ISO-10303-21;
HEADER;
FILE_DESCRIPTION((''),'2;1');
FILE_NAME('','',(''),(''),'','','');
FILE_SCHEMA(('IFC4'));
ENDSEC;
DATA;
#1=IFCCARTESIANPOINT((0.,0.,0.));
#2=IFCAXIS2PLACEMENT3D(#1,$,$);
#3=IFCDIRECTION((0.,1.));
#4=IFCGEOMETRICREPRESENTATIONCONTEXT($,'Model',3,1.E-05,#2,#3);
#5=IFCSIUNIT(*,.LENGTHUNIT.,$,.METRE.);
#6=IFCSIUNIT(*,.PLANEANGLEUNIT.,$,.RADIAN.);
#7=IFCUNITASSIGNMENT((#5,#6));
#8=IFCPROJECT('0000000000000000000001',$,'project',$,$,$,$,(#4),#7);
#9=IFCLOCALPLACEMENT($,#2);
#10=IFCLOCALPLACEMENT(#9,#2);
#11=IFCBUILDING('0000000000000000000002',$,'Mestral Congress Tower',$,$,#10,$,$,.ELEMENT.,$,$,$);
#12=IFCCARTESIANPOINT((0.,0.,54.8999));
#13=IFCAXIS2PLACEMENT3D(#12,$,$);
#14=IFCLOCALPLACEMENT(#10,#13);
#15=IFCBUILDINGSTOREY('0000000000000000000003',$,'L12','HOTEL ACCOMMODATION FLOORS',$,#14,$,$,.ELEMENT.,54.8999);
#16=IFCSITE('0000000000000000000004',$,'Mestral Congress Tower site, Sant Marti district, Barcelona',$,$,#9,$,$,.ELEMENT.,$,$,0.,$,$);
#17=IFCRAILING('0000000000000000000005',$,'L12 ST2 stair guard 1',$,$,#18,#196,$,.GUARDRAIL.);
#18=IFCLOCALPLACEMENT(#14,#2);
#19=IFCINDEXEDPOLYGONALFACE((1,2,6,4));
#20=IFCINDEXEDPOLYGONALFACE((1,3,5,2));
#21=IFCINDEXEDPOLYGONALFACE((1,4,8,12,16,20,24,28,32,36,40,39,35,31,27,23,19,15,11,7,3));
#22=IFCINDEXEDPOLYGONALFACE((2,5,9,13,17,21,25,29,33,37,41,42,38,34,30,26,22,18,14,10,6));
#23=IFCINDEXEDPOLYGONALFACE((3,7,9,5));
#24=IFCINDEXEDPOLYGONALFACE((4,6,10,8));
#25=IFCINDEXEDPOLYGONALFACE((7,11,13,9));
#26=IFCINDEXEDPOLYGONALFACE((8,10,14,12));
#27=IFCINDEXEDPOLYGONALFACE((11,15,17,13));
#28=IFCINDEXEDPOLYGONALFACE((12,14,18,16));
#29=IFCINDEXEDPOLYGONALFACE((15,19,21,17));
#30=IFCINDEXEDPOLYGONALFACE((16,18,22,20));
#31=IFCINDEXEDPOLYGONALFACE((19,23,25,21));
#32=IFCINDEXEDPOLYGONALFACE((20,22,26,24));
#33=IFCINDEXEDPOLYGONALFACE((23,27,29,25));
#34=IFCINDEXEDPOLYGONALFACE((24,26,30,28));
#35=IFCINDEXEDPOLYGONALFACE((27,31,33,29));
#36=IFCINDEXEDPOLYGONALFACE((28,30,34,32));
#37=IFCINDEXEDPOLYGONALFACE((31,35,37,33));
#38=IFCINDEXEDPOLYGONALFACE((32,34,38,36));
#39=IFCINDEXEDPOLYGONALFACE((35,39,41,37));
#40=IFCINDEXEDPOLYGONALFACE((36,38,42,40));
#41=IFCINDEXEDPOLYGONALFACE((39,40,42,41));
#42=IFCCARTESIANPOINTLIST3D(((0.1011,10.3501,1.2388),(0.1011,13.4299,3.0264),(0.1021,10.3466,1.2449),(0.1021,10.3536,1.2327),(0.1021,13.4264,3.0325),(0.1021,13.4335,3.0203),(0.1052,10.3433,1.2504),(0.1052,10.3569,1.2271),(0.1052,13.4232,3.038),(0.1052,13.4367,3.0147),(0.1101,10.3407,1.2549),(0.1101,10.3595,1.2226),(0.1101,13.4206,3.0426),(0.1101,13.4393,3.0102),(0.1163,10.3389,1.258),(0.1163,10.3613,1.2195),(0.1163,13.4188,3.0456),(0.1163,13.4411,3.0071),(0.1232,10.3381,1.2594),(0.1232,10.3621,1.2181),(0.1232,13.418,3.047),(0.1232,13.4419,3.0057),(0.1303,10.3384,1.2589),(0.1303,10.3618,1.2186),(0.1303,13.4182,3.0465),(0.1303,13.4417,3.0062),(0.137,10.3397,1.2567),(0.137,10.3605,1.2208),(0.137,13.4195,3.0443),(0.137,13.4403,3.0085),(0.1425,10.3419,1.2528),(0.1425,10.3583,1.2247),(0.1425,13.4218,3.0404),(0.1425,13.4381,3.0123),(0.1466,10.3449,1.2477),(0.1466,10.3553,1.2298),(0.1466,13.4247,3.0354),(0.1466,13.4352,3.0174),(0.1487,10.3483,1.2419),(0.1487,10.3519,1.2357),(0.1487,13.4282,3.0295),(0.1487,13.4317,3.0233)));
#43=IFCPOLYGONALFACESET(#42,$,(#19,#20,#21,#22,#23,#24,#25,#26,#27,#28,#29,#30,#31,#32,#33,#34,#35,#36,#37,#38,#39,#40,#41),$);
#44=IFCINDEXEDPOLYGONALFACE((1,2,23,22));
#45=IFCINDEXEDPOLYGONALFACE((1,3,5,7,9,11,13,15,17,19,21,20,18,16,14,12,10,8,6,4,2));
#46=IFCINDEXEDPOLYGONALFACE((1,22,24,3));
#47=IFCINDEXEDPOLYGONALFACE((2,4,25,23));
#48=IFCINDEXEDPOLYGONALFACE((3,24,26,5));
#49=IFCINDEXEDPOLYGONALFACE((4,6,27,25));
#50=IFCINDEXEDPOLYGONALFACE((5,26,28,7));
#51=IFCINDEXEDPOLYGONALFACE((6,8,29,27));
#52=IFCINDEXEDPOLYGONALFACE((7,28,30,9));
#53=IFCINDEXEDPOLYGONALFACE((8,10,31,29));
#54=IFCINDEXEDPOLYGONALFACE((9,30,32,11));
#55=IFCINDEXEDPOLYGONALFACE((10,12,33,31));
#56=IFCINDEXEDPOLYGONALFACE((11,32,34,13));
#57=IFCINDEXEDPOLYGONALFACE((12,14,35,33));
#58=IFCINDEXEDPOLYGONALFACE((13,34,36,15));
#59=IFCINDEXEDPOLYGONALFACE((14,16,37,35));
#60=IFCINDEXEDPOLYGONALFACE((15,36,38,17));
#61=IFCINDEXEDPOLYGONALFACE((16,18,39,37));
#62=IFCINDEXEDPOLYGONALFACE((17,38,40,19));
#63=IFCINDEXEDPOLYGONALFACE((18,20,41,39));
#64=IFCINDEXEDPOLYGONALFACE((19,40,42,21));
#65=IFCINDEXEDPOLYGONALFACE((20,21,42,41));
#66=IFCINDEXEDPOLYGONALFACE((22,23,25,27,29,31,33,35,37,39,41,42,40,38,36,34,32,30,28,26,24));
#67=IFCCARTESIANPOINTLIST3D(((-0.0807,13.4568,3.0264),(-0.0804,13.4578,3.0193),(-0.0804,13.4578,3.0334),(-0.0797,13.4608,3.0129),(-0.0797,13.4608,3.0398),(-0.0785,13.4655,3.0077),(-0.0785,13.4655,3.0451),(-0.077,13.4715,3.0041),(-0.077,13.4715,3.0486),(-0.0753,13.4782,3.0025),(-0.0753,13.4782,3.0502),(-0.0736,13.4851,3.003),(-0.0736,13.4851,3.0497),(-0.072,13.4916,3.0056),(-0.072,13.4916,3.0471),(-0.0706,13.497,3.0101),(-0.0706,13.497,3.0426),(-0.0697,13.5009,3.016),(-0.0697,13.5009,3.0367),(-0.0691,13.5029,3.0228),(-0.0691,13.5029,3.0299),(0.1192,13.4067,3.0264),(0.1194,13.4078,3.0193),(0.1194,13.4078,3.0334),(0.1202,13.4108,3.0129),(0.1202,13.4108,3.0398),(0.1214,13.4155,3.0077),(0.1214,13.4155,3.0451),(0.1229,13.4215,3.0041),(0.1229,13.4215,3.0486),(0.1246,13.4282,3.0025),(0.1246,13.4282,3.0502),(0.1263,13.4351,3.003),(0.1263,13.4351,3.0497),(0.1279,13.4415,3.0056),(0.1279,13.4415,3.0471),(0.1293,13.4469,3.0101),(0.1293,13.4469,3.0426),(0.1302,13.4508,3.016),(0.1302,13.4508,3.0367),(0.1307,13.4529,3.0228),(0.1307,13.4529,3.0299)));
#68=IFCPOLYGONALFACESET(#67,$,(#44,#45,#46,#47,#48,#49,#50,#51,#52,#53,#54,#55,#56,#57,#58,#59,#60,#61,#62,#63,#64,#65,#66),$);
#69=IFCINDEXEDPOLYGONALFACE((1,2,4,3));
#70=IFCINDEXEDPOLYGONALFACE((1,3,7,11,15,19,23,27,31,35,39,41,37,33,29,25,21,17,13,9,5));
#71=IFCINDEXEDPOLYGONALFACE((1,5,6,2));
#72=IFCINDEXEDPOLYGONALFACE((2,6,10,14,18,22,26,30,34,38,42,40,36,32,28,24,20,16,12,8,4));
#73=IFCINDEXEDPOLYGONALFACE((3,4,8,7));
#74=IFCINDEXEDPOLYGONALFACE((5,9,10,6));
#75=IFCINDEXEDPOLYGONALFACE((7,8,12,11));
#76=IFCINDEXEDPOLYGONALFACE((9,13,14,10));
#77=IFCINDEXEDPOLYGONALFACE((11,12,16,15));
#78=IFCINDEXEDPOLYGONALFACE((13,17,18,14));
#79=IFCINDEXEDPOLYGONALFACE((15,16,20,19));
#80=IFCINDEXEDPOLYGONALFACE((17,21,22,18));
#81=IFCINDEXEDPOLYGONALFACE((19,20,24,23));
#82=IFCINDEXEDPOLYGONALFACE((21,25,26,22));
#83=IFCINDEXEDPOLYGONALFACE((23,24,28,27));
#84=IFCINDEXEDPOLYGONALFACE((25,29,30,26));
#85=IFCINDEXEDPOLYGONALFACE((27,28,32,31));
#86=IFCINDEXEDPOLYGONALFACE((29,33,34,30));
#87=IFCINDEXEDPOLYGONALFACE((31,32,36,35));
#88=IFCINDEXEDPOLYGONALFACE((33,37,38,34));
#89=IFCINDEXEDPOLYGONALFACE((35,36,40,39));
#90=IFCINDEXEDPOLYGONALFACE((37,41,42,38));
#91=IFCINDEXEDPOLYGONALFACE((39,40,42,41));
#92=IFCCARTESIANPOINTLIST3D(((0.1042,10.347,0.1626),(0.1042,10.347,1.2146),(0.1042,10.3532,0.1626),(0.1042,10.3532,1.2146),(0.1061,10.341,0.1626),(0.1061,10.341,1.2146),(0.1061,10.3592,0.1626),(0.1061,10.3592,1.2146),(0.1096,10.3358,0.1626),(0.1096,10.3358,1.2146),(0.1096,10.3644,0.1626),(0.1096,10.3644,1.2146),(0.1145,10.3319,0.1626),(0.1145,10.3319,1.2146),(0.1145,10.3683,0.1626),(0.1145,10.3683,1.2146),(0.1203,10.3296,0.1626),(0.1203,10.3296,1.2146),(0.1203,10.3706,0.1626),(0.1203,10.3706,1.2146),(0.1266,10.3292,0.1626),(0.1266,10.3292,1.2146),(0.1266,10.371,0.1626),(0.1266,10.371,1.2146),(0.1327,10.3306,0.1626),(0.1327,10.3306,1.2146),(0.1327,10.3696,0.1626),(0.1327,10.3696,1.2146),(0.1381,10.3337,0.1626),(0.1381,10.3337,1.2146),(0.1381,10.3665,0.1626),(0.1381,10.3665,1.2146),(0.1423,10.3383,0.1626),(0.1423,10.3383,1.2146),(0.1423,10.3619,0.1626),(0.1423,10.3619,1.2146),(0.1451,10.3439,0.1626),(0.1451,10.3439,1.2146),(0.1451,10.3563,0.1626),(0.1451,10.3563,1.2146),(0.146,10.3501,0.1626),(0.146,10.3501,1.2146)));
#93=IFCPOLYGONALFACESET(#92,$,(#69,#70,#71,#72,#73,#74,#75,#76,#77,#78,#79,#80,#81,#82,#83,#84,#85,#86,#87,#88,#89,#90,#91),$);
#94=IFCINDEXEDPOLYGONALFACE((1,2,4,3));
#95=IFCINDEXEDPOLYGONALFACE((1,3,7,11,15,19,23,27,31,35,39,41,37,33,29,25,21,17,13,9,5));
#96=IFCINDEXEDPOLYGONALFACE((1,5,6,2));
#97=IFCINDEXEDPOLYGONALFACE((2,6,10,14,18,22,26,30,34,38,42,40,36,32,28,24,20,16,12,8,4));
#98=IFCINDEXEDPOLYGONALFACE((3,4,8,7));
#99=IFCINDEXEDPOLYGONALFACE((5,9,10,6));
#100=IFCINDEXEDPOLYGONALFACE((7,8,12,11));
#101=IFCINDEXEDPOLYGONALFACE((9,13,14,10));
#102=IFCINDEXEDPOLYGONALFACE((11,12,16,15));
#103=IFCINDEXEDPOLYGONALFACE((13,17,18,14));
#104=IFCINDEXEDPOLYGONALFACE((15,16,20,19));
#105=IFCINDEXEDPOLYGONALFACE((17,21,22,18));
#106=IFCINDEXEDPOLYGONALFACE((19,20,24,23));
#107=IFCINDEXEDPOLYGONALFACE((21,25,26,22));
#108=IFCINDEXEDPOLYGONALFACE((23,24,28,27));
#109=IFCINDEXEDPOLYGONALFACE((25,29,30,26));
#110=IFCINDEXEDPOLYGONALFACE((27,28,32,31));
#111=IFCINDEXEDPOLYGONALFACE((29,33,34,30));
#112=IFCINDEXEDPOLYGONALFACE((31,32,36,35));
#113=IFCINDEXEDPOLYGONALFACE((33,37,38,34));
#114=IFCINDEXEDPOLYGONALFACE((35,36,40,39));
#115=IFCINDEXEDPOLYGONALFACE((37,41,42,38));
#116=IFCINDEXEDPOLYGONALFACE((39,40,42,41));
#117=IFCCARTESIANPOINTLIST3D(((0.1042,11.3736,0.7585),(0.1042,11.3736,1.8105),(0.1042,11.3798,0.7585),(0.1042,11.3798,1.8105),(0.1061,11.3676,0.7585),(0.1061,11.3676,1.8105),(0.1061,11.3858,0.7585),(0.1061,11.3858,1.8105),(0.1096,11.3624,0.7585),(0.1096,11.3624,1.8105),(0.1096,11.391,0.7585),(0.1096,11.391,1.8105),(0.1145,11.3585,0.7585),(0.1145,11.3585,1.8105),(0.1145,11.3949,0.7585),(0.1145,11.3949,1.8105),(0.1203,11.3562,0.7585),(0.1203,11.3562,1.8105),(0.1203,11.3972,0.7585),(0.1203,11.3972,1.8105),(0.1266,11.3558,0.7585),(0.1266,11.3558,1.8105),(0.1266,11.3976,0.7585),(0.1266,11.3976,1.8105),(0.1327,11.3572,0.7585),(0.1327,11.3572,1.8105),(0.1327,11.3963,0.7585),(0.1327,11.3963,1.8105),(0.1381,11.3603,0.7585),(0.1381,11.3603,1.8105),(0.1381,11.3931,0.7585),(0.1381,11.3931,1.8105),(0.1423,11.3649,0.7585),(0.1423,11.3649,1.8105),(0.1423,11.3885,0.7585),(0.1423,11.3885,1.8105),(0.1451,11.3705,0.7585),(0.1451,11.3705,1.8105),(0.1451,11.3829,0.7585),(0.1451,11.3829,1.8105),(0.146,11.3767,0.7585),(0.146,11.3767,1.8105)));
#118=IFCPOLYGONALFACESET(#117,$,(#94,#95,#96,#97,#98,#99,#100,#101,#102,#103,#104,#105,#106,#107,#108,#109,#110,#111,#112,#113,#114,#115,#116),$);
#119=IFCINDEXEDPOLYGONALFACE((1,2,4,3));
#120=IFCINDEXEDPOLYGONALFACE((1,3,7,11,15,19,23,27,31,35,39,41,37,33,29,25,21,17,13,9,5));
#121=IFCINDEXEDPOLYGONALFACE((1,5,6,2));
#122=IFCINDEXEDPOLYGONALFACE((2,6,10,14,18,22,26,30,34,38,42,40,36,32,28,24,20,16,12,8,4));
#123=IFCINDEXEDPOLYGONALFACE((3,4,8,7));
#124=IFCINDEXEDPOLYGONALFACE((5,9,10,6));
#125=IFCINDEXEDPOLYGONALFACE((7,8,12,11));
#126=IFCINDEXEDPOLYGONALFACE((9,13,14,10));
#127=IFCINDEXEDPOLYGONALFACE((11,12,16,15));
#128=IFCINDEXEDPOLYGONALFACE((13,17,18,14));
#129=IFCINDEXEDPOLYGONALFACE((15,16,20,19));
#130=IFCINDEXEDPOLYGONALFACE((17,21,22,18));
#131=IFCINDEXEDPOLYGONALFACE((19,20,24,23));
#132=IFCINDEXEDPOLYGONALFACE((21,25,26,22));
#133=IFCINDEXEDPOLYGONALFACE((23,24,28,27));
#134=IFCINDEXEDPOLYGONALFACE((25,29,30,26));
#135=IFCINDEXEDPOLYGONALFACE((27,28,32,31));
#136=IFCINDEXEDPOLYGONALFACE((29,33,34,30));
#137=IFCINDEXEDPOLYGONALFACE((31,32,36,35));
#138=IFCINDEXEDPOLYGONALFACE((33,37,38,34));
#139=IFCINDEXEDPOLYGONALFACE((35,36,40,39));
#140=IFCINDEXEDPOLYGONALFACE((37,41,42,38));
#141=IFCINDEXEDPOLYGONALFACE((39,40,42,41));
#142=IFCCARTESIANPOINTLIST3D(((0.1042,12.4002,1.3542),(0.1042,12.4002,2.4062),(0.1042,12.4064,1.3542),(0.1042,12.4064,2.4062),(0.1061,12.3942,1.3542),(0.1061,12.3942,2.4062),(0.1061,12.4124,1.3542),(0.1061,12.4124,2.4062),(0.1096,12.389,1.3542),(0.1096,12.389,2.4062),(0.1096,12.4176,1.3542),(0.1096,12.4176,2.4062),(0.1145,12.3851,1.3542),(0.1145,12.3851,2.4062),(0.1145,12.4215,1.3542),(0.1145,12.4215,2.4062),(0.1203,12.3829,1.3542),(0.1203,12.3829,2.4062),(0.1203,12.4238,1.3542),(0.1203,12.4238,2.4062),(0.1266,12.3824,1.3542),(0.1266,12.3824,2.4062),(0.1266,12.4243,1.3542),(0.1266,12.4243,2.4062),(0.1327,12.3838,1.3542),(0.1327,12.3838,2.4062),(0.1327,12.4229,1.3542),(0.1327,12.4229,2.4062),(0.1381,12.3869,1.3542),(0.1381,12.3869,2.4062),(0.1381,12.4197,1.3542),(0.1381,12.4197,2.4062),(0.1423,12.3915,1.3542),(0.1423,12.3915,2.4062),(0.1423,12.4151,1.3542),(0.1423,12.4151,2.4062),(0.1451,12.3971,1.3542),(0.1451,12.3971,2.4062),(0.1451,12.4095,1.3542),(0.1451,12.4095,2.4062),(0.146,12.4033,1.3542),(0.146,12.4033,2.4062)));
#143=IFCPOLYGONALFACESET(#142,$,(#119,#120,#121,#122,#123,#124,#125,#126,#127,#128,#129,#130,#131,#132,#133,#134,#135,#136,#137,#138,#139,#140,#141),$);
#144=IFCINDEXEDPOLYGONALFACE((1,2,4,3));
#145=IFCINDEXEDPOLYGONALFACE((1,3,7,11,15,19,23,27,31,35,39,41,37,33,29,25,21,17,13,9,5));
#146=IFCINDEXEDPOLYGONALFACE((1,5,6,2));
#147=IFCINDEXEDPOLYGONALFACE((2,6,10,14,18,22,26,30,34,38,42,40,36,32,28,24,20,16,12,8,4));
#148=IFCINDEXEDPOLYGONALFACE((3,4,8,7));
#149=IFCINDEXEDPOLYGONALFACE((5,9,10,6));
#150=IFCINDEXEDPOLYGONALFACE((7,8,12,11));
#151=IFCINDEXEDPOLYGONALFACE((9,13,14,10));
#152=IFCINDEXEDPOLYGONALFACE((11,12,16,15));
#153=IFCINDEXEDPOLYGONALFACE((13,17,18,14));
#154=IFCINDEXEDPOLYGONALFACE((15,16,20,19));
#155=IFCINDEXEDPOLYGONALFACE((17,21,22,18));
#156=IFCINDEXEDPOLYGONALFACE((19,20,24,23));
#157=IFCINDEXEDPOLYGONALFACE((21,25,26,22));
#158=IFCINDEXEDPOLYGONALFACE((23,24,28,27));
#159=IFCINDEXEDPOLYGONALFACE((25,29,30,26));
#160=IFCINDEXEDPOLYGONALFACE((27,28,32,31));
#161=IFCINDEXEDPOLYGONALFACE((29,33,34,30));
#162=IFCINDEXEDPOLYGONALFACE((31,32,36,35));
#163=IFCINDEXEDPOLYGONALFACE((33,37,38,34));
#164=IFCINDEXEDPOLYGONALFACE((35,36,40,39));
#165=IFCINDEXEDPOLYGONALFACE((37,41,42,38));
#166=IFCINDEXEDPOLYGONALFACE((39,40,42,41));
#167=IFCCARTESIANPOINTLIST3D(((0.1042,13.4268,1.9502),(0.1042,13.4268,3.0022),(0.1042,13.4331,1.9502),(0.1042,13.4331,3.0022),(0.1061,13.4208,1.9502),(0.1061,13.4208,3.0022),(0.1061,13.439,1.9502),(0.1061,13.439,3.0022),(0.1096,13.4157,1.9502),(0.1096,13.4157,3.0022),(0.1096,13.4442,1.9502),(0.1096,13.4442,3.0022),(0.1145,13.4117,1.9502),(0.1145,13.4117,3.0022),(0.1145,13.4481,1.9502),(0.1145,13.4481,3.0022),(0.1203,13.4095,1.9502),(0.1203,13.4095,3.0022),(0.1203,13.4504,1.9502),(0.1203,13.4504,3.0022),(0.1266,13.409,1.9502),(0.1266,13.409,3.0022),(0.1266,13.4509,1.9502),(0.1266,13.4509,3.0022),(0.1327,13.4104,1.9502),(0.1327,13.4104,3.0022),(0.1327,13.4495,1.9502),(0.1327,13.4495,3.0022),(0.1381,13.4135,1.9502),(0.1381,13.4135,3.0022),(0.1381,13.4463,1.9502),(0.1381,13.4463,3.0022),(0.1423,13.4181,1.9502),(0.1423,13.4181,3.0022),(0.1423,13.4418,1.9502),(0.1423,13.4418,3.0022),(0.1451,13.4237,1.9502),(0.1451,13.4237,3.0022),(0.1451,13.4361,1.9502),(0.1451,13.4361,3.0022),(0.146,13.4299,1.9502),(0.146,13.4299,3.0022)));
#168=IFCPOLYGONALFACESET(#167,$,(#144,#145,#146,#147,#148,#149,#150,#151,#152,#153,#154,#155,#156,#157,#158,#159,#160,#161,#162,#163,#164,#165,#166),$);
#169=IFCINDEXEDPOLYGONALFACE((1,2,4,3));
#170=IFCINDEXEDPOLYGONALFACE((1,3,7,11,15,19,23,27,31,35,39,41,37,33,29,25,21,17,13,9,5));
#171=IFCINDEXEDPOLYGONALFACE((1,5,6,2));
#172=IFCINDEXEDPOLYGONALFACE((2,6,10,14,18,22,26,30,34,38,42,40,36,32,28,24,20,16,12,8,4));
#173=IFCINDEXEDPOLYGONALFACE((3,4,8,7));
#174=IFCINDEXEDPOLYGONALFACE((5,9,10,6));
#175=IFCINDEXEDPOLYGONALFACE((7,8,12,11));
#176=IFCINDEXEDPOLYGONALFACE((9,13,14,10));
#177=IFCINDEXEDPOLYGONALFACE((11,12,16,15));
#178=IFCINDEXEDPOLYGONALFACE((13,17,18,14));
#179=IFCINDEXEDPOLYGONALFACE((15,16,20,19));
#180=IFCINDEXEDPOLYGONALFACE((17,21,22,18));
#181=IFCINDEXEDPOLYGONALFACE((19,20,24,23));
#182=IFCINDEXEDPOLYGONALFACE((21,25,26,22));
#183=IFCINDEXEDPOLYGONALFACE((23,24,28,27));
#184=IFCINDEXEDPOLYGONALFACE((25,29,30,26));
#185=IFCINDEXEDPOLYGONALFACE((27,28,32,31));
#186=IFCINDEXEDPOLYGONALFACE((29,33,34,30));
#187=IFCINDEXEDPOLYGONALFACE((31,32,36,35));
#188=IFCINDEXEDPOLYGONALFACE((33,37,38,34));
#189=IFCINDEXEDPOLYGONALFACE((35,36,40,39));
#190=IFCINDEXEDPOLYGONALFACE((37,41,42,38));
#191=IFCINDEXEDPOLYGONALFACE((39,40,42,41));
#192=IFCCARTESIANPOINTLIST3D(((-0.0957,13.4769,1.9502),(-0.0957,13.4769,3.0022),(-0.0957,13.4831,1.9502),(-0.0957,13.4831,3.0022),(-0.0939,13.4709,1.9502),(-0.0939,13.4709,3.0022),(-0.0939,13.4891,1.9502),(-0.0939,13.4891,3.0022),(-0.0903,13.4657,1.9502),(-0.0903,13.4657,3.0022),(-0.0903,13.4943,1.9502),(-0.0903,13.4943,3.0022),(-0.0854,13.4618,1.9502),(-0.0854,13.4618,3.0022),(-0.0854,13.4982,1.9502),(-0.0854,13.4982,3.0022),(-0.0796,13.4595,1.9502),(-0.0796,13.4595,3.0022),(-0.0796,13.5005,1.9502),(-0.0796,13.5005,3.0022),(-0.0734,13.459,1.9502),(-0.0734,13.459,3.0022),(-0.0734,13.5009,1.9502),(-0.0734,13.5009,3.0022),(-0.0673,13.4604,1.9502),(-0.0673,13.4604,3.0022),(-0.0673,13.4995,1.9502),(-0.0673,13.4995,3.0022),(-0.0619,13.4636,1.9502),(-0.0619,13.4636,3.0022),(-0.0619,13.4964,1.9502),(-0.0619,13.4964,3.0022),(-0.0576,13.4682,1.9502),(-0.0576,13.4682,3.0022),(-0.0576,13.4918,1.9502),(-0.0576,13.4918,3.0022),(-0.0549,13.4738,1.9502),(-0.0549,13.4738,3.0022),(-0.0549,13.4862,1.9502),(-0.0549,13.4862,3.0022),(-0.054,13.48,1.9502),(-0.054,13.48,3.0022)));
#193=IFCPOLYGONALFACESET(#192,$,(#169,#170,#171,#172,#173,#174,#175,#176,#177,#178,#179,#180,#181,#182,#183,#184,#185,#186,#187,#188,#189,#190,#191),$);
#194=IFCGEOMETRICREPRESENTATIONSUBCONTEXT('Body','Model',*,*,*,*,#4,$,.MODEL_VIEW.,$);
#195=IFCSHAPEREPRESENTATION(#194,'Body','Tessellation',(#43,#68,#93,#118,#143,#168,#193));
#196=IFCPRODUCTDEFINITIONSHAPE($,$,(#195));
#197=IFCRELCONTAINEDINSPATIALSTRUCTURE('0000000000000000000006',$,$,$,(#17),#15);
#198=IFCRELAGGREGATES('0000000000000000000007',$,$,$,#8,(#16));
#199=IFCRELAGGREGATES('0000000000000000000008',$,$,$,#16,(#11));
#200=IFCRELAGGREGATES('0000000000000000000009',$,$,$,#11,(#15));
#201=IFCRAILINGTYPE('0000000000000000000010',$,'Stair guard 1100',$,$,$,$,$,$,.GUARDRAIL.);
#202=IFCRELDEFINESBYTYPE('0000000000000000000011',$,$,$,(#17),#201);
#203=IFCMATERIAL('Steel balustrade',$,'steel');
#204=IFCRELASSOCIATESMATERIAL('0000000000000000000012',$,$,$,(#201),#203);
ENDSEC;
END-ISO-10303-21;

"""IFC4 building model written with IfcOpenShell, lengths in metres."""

from ifc_helpers import new_model, si_unit, direction, frame, origin, origin_2d, place, context, subcontext, project, spatial, circle, extrude, material, type_object, element, save


model = new_model("IFC4")

# Units and contexts
model_context = context("Model", 3, precision=1e-05, world=origin(), true_north=direction((0.0, 1.0)))
body_context = subcontext(model_context, "Body", "Model", "MODEL_VIEW")
ifc_project = project(units=[si_unit("LENGTHUNIT", "METRE"), si_unit("PLANEANGLEUNIT", "RADIAN")], contexts=[model_context])

# Site, building, storey
site_placement = place(None, origin())
site = spatial("IfcSite", under=ifc_project, at=site_placement, Name="Mestral Congress Tower site, Sant Marti district, Barcelona", CompositionType="ELEMENT", RefElevation=0.0)
building_placement = place(site_placement, origin())
building = spatial("IfcBuilding", under=site, at=building_placement, Name="Mestral Congress Tower", CompositionType="ELEMENT")
storey_placement = place(building_placement, frame((0.0, 0.0, 54.8999)))
storey = spatial("IfcBuildingStorey", under=building, at=storey_placement, Name="L12", Description="HOTEL ACCOMMODATION FLOORS", CompositionType="ELEMENT", Elevation=54.8999)

# Railing
ifc_material_1 = material(Name="Steel balustrade", Category="steel")
railing_type = type_object("IfcRailingType", Name="Stair guard 1100", PredefinedType="GUARDRAIL", material=ifc_material_1)
railing_1_placement = place(storey_placement, frame((0.125, 10.3501, 0.1626)))
element("IfcRailing", 1, at=railing_1_placement, inside=storey, type_object=railing_type, Name="L12 ST2 stair guard 1", PredefinedType="GUARDRAIL", context=body_context, shape_type="SweptSolid", body=[
    extrude(circle(Radius=0.0239, at=origin_2d()), frame((0.0, 0.0, 1.0762), z_axis=(0.0, 0.864873, 0.50199), x_axis=(-1.0, 0.0, 0.0)), (0.0, 0.0, 1.0), 3.561),
    extrude(circle(Radius=0.0239, at=origin_2d()), frame((0.0, 3.0798, 2.8638), z_axis=(-0.970073, 0.242814, 0.0), x_axis=(-0.242814, -0.970073, 0.0)), (0.0, 0.0, 1.0), 0.2061),
    extrude(circle(Radius=0.021, at=origin_2d()), origin(), (0.0, 0.0, 1.0), 1.052),
    extrude(circle(Radius=0.021, at=origin_2d()), frame((0.0, 1.0266, 0.5959)), (0.0, 0.0, 1.0), 1.052),
    extrude(circle(Radius=0.021, at=origin_2d()), frame((0.0, 2.0532, 1.1917)), (0.0, 0.0, 1.0), 1.052),
    extrude(circle(Radius=0.021, at=origin_2d()), frame((0.0, 3.0798, 1.7876)), (0.0, 0.0, 1.0), 1.052),
    extrude(circle(Radius=0.021, at=origin_2d()), frame((-0.2, 3.1299, 1.7876)), (0.0, 0.0, 1.0), 1.052),
])

save(model, "model.ifc")
